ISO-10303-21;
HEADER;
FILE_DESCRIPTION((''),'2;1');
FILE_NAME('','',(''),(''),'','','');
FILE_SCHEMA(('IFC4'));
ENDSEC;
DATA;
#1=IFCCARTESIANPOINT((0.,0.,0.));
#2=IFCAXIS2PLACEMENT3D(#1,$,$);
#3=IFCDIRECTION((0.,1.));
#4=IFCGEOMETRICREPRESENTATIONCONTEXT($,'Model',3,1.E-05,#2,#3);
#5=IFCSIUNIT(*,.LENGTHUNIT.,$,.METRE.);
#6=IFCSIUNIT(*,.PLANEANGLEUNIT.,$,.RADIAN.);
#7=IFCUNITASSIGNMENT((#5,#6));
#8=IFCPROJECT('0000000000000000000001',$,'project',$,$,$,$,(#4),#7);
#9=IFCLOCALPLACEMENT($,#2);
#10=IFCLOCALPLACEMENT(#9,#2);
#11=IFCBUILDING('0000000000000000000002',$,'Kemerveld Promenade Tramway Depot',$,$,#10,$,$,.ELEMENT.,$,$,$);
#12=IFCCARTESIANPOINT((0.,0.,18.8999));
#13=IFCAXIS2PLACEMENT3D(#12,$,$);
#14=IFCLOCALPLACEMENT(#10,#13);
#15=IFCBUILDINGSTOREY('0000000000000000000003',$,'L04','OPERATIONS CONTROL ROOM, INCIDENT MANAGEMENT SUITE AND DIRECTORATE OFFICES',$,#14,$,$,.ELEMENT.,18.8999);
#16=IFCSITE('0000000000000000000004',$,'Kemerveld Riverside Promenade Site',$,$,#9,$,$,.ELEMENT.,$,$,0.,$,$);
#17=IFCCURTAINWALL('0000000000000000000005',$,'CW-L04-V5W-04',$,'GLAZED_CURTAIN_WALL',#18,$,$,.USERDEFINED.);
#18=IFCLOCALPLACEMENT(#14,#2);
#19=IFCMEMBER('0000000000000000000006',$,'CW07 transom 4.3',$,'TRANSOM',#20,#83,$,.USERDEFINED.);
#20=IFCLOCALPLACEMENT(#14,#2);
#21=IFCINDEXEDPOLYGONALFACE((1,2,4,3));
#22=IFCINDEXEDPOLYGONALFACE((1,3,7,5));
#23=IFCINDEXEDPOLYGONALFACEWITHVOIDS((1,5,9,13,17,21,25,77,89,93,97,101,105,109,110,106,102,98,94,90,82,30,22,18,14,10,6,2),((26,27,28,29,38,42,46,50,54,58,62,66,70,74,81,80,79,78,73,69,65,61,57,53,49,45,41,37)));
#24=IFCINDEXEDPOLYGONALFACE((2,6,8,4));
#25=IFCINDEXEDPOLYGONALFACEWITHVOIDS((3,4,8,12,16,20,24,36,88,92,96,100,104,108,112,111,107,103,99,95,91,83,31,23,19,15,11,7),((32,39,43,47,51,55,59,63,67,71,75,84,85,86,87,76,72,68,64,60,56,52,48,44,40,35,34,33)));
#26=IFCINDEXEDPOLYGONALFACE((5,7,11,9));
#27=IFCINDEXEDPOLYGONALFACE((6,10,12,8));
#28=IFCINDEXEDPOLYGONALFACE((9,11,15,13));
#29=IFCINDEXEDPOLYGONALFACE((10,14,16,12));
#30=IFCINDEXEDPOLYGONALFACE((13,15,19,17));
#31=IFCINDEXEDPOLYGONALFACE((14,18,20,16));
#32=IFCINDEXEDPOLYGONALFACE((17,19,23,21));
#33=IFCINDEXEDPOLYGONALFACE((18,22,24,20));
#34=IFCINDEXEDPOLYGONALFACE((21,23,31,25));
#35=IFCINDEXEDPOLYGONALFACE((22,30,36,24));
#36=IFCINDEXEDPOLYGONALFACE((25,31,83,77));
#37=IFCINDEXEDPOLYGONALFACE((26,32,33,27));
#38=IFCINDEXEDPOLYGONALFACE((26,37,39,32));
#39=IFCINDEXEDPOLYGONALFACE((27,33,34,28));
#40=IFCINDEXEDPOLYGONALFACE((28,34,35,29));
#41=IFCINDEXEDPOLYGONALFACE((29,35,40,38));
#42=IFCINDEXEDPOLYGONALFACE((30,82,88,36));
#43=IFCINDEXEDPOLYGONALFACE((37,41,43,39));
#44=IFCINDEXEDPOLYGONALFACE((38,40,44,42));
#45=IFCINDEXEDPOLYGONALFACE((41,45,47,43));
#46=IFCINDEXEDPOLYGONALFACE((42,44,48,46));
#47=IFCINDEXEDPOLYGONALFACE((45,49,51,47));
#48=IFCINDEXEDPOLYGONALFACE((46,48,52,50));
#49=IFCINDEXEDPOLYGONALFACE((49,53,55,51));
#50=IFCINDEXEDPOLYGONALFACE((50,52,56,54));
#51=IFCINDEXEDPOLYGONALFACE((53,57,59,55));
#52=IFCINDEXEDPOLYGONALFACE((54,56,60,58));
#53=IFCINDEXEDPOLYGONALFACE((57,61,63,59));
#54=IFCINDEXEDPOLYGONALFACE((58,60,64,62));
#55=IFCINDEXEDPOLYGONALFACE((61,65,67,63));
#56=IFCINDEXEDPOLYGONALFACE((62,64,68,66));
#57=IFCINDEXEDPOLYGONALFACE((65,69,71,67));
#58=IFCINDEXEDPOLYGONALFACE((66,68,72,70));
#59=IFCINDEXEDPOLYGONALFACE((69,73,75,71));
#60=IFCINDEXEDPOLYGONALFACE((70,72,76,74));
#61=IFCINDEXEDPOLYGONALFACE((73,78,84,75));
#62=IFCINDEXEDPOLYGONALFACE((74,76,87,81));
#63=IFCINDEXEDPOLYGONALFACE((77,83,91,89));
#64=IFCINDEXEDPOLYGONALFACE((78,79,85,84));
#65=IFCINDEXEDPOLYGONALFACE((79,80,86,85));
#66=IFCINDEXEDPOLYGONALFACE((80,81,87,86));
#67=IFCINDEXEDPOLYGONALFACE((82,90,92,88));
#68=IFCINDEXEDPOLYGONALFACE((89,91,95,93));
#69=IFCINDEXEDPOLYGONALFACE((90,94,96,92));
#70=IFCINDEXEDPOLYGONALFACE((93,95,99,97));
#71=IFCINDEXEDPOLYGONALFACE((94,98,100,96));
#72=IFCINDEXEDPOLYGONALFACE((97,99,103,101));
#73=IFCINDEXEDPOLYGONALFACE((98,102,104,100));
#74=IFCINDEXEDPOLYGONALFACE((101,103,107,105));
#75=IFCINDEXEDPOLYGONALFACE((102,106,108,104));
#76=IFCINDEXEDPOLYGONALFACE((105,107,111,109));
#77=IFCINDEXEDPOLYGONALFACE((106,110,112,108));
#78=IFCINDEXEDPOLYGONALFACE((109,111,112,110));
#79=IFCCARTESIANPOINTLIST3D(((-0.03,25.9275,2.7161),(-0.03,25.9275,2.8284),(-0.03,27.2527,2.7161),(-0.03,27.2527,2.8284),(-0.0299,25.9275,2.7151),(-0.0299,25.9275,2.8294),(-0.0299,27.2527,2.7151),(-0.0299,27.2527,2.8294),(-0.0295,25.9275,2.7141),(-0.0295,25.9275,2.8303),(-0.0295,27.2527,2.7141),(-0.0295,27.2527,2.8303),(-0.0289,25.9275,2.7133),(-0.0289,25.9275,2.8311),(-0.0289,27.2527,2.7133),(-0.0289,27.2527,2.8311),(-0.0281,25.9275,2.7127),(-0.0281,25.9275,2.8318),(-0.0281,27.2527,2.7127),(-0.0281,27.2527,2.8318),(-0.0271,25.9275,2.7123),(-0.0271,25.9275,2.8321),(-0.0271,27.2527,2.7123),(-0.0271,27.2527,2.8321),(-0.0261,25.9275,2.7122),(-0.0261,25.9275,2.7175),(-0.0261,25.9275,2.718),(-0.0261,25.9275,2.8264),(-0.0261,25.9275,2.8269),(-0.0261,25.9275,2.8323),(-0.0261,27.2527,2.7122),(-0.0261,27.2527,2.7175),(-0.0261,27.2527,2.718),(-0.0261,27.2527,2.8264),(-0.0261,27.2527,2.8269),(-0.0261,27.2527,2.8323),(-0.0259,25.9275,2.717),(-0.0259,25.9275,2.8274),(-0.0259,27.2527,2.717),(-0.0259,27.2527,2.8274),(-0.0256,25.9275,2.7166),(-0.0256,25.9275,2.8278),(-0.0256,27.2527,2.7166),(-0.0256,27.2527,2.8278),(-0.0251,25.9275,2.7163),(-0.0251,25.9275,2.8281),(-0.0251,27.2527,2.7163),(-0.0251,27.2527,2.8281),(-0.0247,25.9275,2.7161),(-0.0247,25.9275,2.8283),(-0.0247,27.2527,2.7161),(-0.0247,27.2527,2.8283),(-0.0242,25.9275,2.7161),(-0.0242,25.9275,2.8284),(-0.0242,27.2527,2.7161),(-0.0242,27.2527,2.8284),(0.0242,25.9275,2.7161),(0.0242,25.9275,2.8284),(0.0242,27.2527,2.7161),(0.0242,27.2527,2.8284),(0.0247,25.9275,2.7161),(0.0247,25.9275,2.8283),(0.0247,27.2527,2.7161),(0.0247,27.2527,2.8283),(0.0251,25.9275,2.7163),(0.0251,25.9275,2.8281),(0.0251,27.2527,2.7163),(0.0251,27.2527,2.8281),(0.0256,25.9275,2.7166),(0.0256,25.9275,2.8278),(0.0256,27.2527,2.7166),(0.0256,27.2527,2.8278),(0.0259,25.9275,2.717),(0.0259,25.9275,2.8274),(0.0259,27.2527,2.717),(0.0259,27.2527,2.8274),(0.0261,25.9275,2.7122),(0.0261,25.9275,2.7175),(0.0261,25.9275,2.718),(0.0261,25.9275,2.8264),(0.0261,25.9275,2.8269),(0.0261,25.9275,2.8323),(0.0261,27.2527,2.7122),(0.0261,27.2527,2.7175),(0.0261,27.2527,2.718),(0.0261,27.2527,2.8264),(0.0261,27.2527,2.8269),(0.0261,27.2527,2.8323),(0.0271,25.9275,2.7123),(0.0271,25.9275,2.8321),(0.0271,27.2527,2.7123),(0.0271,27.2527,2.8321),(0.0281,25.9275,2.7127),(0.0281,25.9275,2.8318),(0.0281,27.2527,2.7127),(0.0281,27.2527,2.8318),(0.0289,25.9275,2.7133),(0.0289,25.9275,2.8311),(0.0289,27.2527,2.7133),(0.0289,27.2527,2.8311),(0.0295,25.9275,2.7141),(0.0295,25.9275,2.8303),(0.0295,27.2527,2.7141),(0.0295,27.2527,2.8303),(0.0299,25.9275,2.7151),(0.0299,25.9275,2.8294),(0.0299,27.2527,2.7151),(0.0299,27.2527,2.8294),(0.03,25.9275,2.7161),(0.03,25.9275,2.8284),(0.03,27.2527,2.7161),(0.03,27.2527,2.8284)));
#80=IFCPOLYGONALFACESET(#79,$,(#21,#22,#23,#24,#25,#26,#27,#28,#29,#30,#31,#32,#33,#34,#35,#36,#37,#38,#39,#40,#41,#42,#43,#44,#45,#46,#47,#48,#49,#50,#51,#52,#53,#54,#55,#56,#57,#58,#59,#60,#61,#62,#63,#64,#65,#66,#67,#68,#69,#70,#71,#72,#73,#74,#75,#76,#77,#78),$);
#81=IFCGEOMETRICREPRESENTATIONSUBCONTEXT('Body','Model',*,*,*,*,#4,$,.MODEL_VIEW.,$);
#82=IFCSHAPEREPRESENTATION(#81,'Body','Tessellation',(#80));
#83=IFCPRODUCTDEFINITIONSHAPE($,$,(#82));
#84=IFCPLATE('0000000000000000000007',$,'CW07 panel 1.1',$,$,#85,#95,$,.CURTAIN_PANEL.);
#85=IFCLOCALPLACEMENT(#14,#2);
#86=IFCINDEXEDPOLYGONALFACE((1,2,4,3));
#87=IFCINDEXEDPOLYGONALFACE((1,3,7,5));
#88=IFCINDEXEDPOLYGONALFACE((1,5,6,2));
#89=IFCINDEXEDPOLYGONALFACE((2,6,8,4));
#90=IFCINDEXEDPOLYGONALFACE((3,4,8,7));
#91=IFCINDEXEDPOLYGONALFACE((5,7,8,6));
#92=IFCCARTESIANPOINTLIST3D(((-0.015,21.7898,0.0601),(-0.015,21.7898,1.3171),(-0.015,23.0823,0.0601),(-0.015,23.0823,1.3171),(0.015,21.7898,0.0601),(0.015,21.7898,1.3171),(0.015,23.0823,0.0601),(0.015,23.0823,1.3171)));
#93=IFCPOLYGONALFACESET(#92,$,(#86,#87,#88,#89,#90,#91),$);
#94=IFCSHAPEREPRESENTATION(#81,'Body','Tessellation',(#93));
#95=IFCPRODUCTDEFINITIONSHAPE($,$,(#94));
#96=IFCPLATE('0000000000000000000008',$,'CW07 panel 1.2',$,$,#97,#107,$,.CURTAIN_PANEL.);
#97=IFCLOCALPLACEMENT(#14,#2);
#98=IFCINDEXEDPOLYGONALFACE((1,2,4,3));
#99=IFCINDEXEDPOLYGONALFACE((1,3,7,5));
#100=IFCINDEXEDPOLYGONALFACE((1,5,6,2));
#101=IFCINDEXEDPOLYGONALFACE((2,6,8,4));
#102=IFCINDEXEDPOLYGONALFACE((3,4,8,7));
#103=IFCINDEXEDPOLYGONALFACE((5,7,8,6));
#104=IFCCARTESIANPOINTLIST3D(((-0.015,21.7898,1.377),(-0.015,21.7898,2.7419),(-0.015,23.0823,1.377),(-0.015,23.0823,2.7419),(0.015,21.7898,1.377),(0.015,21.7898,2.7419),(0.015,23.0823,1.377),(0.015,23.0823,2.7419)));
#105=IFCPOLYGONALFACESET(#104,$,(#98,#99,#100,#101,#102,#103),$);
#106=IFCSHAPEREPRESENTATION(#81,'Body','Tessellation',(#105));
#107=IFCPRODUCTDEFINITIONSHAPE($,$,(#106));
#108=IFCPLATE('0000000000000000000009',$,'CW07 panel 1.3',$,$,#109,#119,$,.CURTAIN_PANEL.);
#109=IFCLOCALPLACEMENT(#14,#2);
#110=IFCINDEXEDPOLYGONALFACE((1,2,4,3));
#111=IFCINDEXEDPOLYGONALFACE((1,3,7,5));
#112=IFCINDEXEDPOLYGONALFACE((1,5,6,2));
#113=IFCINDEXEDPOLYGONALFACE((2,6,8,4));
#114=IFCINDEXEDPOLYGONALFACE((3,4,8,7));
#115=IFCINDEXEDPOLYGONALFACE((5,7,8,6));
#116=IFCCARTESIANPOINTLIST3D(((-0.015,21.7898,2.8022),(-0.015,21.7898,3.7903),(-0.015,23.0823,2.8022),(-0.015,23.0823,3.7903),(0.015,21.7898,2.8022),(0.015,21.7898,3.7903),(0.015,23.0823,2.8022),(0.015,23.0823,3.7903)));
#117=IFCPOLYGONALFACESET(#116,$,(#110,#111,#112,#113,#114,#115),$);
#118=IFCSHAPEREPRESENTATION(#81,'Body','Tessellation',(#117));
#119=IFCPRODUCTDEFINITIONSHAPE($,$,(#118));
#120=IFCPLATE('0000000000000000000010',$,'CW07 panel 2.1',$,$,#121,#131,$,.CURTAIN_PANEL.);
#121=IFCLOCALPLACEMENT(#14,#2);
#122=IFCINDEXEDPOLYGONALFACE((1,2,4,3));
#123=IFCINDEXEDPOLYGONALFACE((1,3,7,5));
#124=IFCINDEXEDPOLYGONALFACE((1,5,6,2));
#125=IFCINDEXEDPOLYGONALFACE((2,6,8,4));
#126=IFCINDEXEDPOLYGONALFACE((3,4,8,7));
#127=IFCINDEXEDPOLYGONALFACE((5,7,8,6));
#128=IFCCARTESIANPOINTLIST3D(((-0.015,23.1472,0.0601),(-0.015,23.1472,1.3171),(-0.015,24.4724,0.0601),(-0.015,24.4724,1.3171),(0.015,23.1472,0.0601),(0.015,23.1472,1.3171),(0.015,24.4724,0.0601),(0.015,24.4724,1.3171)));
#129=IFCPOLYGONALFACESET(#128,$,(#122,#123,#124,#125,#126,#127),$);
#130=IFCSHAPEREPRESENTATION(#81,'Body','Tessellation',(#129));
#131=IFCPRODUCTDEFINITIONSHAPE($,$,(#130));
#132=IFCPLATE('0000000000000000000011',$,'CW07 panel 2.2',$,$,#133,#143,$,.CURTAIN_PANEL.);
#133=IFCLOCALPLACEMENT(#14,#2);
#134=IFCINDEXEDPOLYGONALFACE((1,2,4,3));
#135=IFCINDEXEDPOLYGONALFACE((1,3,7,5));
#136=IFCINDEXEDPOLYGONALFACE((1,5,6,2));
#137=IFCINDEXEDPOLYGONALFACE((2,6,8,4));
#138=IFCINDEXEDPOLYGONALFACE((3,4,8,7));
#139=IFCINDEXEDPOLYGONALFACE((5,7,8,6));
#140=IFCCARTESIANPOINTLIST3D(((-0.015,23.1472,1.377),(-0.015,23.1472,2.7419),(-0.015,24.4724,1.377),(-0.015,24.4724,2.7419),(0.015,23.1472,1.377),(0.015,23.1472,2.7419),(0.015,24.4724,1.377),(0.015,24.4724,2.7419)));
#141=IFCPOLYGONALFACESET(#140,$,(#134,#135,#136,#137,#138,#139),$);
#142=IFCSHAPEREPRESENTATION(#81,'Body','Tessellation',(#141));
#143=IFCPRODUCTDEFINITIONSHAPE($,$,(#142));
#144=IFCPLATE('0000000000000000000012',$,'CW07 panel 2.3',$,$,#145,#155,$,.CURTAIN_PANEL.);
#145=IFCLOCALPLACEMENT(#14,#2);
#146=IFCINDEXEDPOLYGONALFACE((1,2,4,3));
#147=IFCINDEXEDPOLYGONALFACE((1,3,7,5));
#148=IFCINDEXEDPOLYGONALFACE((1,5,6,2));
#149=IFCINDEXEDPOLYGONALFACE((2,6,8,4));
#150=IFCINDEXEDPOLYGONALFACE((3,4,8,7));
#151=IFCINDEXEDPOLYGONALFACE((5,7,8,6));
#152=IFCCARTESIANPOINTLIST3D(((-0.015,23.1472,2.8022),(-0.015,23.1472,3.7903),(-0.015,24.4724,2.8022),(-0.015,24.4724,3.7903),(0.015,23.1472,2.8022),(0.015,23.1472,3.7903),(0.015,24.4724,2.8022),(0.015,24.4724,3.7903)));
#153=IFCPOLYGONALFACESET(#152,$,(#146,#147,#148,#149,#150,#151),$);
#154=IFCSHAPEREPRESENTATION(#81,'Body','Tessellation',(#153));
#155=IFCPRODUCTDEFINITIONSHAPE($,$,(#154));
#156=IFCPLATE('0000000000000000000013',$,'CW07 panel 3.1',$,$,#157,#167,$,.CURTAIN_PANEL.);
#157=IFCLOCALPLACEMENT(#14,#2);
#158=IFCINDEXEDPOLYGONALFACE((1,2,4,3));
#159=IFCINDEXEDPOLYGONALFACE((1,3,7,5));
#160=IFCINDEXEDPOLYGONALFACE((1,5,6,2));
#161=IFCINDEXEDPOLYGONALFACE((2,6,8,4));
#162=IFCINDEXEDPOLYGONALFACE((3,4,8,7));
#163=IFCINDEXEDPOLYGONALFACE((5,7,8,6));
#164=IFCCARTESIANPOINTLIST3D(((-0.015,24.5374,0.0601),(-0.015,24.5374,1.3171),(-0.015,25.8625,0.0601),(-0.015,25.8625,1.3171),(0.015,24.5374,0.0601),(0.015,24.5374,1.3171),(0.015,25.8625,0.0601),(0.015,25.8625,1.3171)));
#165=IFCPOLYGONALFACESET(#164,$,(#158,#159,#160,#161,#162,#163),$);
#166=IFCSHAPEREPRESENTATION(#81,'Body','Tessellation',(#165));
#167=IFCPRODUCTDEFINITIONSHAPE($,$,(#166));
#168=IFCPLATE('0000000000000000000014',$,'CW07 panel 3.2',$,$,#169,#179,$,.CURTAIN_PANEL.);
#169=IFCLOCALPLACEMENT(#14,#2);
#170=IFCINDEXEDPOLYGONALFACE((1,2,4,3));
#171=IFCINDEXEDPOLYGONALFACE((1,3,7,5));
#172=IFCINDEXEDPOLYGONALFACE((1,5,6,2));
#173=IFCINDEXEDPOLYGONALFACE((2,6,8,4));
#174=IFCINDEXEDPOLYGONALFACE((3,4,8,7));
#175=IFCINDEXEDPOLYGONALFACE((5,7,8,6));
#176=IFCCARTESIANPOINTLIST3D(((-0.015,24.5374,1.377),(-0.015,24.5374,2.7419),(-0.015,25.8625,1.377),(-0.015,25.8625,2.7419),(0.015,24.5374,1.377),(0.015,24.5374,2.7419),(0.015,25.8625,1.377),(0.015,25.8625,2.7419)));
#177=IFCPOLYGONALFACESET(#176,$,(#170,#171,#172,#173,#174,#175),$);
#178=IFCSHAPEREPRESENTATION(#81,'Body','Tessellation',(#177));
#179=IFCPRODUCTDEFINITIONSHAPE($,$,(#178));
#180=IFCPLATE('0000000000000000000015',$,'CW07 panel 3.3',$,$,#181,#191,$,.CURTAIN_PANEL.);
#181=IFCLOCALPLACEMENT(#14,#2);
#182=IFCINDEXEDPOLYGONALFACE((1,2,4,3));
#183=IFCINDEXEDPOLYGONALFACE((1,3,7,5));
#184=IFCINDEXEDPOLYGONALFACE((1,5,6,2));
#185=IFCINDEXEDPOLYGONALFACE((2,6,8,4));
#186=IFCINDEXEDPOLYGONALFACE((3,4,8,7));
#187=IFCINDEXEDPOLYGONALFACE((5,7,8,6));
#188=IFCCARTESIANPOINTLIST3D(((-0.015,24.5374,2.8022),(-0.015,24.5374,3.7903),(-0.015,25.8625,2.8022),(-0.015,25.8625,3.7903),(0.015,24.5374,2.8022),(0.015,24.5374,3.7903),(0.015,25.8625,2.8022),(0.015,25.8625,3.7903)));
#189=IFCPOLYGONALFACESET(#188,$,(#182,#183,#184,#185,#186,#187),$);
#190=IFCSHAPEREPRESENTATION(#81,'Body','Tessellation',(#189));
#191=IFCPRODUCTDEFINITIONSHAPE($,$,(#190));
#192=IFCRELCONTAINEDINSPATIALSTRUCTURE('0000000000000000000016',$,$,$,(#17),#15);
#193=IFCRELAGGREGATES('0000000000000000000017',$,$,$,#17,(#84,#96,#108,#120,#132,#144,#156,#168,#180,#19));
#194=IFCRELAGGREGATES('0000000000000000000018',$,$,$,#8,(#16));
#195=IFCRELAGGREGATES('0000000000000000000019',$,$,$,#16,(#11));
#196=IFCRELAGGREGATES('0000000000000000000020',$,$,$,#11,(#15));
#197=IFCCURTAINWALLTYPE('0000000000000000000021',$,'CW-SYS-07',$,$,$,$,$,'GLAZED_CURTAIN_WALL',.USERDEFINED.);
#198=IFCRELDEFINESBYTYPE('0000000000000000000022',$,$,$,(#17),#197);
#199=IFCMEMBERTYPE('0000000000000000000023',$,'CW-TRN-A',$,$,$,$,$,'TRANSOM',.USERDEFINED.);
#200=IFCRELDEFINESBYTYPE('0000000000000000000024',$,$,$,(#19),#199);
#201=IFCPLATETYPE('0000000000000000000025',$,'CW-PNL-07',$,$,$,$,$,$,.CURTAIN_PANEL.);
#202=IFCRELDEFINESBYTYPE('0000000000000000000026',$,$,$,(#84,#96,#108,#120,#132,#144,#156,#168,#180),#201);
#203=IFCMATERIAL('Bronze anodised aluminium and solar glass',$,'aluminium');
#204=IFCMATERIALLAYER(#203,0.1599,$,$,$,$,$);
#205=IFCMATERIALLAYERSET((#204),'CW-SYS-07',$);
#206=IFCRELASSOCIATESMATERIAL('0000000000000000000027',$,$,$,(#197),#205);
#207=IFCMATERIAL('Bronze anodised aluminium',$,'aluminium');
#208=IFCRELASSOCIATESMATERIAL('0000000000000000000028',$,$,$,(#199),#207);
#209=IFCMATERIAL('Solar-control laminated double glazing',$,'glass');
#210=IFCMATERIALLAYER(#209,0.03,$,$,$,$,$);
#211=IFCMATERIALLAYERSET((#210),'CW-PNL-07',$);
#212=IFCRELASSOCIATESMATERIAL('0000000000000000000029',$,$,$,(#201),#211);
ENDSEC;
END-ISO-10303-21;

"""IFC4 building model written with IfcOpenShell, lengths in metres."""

from ifc_helpers import new_model, si_unit, direction, frame, origin, origin_2d, place, context, subcontext, project, spatial, rectangle, hollow_rectangle, extrude, material, layer, layer_set, material_profile, profile_set, type_object, element, aggregate, save


model = new_model("IFC4")

# Units and contexts
model_context = context("Model", 3, precision=1e-05, world=origin(), true_north=direction((0.0, 1.0)))
body_context = subcontext(model_context, "Body", "Model", "MODEL_VIEW")
ifc_project = project(units=[si_unit("LENGTHUNIT", "METRE"), si_unit("PLANEANGLEUNIT", "RADIAN")], contexts=[model_context])

# Site, building, storey
site_placement = place(None, origin())
site = spatial("IfcSite", under=ifc_project, at=site_placement, Name="Kemerveld Riverside Promenade Site", CompositionType="ELEMENT", RefElevation=0.0)
building_placement = place(site_placement, origin())
building = spatial("IfcBuilding", under=site, at=building_placement, Name="Kemerveld Promenade Tramway Depot", CompositionType="ELEMENT")
storey_placement = place(building_placement, frame((0.0, 0.0, 18.8999)))
storey = spatial("IfcBuildingStorey", under=building, at=storey_placement, Name="L04", Description="OPERATIONS CONTROL ROOM, INCIDENT MANAGEMENT SUITE AND DIRECTORATE OFFICES", CompositionType="ELEMENT", Elevation=18.8999)

# Curtain wall, member, plates
ifc_material_1 = material(Name="Bronze anodised aluminium and solar glass", Category="aluminium")
ifc_layer_1 = layer(ifc_material_1, 0.1599)
ifc_layer_set_1 = layer_set([ifc_layer_1], Name="CW-SYS-07")
curtain_wall_type = type_object("IfcCurtainWallType", Name="CW-SYS-07", ElementType="GLAZED_CURTAIN_WALL", PredefinedType="USERDEFINED", material=ifc_layer_set_1)
curtain_wall_placement = place(storey_placement, origin())
curtain_wall = element("IfcCurtainWall", 1, at=curtain_wall_placement, inside=storey, type_object=curtain_wall_type, Name="CW-L04-V5W-04", ObjectType="GLAZED_CURTAIN_WALL", PredefinedType="USERDEFINED")
ifc_material_2 = material(Name="Bronze anodised aluminium", Category="aluminium")
ifc_material_profile_1 = material_profile(ifc_material_2, hollow_rectangle(XDim=0.0601, YDim=0.1201, WallThickness=0.0039, InnerFilletRadius=0.002, OuterFilletRadius=0.0039, at=origin_2d()), Name="CW-TRN-120x60")
ifc_profile_set_1 = profile_set([ifc_material_profile_1], Name="Bronze anodised aluminium")
member_type_1 = type_object("IfcMemberType", Name="CW-TRN-A", ElementType="TRANSOM", PredefinedType="USERDEFINED", material=ifc_profile_set_1)
member_1_placement = place(storey_placement, frame((0.0, 25.9275, 2.7722), z_axis=(0.0, 1.0, 0.0), x_axis=(-1.0, 0.0, 0.0)))
member_1 = element("IfcMember", 2, at=member_1_placement, type_object=member_type_1, Name="CW07 transom 4.3", ObjectType="TRANSOM", PredefinedType="USERDEFINED", context=body_context, shape_type="SweptSolid", body=[
    extrude(hollow_rectangle(XDim=0.0601, YDim=0.1201, WallThickness=0.0039, InnerFilletRadius=0.002, OuterFilletRadius=0.0039, at=origin_2d()), origin(), (0.0, 0.0, 1.0), 1.3252),
])
ifc_material_3 = material(Name="Solar-control laminated double glazing", Category="glass")
ifc_layer_2 = layer(ifc_material_3, 0.03)
ifc_layer_set_2 = layer_set([ifc_layer_2], Name="CW-PNL-07")
plate_type = type_object("IfcPlateType", Name="CW-PNL-07", PredefinedType="CURTAIN_PANEL", material=ifc_layer_set_2)
plate_1_placement = place(storey_placement, frame((0.0, 22.436, 0.0601), z_axis=(0.0, 0.0, 1.0), x_axis=(0.0, 1.0, 0.0)))
plate_1 = element("IfcPlate", 3, at=plate_1_placement, type_object=plate_type, Name="CW07 panel 1.1", PredefinedType="CURTAIN_PANEL", context=body_context, shape_type="SweptSolid", body=[
    extrude(rectangle(XDim=1.2925, YDim=0.03, at=origin_2d()), origin(), (0.0, 0.0, 1.0), 1.2571),
])
plate_2_placement = place(storey_placement, frame((0.0, 22.436, 1.377), z_axis=(0.0, 0.0, 1.0), x_axis=(0.0, 1.0, 0.0)))
plate_2 = element("IfcPlate", 4, at=plate_2_placement, type_object=plate_type, Name="CW07 panel 1.2", PredefinedType="CURTAIN_PANEL", context=body_context, shape_type="SweptSolid", body=[
    extrude(rectangle(XDim=1.2925, YDim=0.03, at=origin_2d()), origin(), (0.0, 0.0, 1.0), 1.365),
])
plate_3_placement = place(storey_placement, frame((0.0, 22.436, 2.8022), z_axis=(0.0, 0.0, 1.0), x_axis=(0.0, 1.0, 0.0)))
plate_3 = element("IfcPlate", 5, at=plate_3_placement, type_object=plate_type, Name="CW07 panel 1.3", PredefinedType="CURTAIN_PANEL", context=body_context, shape_type="SweptSolid", body=[
    extrude(rectangle(XDim=1.2925, YDim=0.03, at=origin_2d()), origin(), (0.0, 0.0, 1.0), 0.988),
])
plate_4_placement = place(storey_placement, frame((0.0, 23.8098, 0.0601), z_axis=(0.0, 0.0, 1.0), x_axis=(0.0, 1.0, 0.0)))
plate_4 = element("IfcPlate", 6, at=plate_4_placement, type_object=plate_type, Name="CW07 panel 2.1", PredefinedType="CURTAIN_PANEL", context=body_context, shape_type="SweptSolid", body=[
    extrude(rectangle(XDim=1.3252, YDim=0.03, at=origin_2d()), origin(), (0.0, 0.0, 1.0), 1.2571),
])
plate_5_placement = place(storey_placement, frame((0.0, 23.8098, 1.377), z_axis=(0.0, 0.0, 1.0), x_axis=(0.0, 1.0, 0.0)))
plate_5 = element("IfcPlate", 7, at=plate_5_placement, type_object=plate_type, Name="CW07 panel 2.2", PredefinedType="CURTAIN_PANEL", context=body_context, shape_type="SweptSolid", body=[
    extrude(rectangle(XDim=1.3252, YDim=0.03, at=origin_2d()), origin(), (0.0, 0.0, 1.0), 1.365),
])
plate_6_placement = place(storey_placement, frame((0.0, 23.8098, 2.8022), z_axis=(0.0, 0.0, 1.0), x_axis=(0.0, 1.0, 0.0)))
plate_6 = element("IfcPlate", 8, at=plate_6_placement, type_object=plate_type, Name="CW07 panel 2.3", PredefinedType="CURTAIN_PANEL", context=body_context, shape_type="SweptSolid", body=[
    extrude(rectangle(XDim=1.3252, YDim=0.03, at=origin_2d()), origin(), (0.0, 0.0, 1.0), 0.988),
])
plate_7_placement = place(storey_placement, frame((0.0, 25.2, 0.0601), z_axis=(0.0, 0.0, 1.0), x_axis=(0.0, 1.0, 0.0)))
plate_7 = element("IfcPlate", 9, at=plate_7_placement, type_object=plate_type, Name="CW07 panel 3.1", PredefinedType="CURTAIN_PANEL", context=body_context, shape_type="SweptSolid", body=[
    extrude(rectangle(XDim=1.3252, YDim=0.03, at=origin_2d()), origin(), (0.0, 0.0, 1.0), 1.2571),
])
plate_8_placement = place(storey_placement, frame((0.0, 25.2, 1.377), z_axis=(0.0, 0.0, 1.0), x_axis=(0.0, 1.0, 0.0)))
plate_8 = element("IfcPlate", 10, at=plate_8_placement, type_object=plate_type, Name="CW07 panel 3.2", PredefinedType="CURTAIN_PANEL", context=body_context, shape_type="SweptSolid", body=[
    extrude(rectangle(XDim=1.3252, YDim=0.03, at=origin_2d()), origin(), (0.0, 0.0, 1.0), 1.365),
])
plate_9_placement = place(storey_placement, frame((0.0, 25.2, 2.8022), z_axis=(0.0, 0.0, 1.0), x_axis=(0.0, 1.0, 0.0)))
plate_9 = element("IfcPlate", 11, at=plate_9_placement, type_object=plate_type, Name="CW07 panel 3.3", PredefinedType="CURTAIN_PANEL", context=body_context, shape_type="SweptSolid", body=[
    extrude(rectangle(XDim=1.3252, YDim=0.03, at=origin_2d()), origin(), (0.0, 0.0, 1.0), 0.988),
])
aggregate(curtain_wall, [plate_1, plate_2, plate_3, plate_4, plate_5, plate_6, plate_7, plate_8, plate_9, member_1])

save(model, "model.ifc")
